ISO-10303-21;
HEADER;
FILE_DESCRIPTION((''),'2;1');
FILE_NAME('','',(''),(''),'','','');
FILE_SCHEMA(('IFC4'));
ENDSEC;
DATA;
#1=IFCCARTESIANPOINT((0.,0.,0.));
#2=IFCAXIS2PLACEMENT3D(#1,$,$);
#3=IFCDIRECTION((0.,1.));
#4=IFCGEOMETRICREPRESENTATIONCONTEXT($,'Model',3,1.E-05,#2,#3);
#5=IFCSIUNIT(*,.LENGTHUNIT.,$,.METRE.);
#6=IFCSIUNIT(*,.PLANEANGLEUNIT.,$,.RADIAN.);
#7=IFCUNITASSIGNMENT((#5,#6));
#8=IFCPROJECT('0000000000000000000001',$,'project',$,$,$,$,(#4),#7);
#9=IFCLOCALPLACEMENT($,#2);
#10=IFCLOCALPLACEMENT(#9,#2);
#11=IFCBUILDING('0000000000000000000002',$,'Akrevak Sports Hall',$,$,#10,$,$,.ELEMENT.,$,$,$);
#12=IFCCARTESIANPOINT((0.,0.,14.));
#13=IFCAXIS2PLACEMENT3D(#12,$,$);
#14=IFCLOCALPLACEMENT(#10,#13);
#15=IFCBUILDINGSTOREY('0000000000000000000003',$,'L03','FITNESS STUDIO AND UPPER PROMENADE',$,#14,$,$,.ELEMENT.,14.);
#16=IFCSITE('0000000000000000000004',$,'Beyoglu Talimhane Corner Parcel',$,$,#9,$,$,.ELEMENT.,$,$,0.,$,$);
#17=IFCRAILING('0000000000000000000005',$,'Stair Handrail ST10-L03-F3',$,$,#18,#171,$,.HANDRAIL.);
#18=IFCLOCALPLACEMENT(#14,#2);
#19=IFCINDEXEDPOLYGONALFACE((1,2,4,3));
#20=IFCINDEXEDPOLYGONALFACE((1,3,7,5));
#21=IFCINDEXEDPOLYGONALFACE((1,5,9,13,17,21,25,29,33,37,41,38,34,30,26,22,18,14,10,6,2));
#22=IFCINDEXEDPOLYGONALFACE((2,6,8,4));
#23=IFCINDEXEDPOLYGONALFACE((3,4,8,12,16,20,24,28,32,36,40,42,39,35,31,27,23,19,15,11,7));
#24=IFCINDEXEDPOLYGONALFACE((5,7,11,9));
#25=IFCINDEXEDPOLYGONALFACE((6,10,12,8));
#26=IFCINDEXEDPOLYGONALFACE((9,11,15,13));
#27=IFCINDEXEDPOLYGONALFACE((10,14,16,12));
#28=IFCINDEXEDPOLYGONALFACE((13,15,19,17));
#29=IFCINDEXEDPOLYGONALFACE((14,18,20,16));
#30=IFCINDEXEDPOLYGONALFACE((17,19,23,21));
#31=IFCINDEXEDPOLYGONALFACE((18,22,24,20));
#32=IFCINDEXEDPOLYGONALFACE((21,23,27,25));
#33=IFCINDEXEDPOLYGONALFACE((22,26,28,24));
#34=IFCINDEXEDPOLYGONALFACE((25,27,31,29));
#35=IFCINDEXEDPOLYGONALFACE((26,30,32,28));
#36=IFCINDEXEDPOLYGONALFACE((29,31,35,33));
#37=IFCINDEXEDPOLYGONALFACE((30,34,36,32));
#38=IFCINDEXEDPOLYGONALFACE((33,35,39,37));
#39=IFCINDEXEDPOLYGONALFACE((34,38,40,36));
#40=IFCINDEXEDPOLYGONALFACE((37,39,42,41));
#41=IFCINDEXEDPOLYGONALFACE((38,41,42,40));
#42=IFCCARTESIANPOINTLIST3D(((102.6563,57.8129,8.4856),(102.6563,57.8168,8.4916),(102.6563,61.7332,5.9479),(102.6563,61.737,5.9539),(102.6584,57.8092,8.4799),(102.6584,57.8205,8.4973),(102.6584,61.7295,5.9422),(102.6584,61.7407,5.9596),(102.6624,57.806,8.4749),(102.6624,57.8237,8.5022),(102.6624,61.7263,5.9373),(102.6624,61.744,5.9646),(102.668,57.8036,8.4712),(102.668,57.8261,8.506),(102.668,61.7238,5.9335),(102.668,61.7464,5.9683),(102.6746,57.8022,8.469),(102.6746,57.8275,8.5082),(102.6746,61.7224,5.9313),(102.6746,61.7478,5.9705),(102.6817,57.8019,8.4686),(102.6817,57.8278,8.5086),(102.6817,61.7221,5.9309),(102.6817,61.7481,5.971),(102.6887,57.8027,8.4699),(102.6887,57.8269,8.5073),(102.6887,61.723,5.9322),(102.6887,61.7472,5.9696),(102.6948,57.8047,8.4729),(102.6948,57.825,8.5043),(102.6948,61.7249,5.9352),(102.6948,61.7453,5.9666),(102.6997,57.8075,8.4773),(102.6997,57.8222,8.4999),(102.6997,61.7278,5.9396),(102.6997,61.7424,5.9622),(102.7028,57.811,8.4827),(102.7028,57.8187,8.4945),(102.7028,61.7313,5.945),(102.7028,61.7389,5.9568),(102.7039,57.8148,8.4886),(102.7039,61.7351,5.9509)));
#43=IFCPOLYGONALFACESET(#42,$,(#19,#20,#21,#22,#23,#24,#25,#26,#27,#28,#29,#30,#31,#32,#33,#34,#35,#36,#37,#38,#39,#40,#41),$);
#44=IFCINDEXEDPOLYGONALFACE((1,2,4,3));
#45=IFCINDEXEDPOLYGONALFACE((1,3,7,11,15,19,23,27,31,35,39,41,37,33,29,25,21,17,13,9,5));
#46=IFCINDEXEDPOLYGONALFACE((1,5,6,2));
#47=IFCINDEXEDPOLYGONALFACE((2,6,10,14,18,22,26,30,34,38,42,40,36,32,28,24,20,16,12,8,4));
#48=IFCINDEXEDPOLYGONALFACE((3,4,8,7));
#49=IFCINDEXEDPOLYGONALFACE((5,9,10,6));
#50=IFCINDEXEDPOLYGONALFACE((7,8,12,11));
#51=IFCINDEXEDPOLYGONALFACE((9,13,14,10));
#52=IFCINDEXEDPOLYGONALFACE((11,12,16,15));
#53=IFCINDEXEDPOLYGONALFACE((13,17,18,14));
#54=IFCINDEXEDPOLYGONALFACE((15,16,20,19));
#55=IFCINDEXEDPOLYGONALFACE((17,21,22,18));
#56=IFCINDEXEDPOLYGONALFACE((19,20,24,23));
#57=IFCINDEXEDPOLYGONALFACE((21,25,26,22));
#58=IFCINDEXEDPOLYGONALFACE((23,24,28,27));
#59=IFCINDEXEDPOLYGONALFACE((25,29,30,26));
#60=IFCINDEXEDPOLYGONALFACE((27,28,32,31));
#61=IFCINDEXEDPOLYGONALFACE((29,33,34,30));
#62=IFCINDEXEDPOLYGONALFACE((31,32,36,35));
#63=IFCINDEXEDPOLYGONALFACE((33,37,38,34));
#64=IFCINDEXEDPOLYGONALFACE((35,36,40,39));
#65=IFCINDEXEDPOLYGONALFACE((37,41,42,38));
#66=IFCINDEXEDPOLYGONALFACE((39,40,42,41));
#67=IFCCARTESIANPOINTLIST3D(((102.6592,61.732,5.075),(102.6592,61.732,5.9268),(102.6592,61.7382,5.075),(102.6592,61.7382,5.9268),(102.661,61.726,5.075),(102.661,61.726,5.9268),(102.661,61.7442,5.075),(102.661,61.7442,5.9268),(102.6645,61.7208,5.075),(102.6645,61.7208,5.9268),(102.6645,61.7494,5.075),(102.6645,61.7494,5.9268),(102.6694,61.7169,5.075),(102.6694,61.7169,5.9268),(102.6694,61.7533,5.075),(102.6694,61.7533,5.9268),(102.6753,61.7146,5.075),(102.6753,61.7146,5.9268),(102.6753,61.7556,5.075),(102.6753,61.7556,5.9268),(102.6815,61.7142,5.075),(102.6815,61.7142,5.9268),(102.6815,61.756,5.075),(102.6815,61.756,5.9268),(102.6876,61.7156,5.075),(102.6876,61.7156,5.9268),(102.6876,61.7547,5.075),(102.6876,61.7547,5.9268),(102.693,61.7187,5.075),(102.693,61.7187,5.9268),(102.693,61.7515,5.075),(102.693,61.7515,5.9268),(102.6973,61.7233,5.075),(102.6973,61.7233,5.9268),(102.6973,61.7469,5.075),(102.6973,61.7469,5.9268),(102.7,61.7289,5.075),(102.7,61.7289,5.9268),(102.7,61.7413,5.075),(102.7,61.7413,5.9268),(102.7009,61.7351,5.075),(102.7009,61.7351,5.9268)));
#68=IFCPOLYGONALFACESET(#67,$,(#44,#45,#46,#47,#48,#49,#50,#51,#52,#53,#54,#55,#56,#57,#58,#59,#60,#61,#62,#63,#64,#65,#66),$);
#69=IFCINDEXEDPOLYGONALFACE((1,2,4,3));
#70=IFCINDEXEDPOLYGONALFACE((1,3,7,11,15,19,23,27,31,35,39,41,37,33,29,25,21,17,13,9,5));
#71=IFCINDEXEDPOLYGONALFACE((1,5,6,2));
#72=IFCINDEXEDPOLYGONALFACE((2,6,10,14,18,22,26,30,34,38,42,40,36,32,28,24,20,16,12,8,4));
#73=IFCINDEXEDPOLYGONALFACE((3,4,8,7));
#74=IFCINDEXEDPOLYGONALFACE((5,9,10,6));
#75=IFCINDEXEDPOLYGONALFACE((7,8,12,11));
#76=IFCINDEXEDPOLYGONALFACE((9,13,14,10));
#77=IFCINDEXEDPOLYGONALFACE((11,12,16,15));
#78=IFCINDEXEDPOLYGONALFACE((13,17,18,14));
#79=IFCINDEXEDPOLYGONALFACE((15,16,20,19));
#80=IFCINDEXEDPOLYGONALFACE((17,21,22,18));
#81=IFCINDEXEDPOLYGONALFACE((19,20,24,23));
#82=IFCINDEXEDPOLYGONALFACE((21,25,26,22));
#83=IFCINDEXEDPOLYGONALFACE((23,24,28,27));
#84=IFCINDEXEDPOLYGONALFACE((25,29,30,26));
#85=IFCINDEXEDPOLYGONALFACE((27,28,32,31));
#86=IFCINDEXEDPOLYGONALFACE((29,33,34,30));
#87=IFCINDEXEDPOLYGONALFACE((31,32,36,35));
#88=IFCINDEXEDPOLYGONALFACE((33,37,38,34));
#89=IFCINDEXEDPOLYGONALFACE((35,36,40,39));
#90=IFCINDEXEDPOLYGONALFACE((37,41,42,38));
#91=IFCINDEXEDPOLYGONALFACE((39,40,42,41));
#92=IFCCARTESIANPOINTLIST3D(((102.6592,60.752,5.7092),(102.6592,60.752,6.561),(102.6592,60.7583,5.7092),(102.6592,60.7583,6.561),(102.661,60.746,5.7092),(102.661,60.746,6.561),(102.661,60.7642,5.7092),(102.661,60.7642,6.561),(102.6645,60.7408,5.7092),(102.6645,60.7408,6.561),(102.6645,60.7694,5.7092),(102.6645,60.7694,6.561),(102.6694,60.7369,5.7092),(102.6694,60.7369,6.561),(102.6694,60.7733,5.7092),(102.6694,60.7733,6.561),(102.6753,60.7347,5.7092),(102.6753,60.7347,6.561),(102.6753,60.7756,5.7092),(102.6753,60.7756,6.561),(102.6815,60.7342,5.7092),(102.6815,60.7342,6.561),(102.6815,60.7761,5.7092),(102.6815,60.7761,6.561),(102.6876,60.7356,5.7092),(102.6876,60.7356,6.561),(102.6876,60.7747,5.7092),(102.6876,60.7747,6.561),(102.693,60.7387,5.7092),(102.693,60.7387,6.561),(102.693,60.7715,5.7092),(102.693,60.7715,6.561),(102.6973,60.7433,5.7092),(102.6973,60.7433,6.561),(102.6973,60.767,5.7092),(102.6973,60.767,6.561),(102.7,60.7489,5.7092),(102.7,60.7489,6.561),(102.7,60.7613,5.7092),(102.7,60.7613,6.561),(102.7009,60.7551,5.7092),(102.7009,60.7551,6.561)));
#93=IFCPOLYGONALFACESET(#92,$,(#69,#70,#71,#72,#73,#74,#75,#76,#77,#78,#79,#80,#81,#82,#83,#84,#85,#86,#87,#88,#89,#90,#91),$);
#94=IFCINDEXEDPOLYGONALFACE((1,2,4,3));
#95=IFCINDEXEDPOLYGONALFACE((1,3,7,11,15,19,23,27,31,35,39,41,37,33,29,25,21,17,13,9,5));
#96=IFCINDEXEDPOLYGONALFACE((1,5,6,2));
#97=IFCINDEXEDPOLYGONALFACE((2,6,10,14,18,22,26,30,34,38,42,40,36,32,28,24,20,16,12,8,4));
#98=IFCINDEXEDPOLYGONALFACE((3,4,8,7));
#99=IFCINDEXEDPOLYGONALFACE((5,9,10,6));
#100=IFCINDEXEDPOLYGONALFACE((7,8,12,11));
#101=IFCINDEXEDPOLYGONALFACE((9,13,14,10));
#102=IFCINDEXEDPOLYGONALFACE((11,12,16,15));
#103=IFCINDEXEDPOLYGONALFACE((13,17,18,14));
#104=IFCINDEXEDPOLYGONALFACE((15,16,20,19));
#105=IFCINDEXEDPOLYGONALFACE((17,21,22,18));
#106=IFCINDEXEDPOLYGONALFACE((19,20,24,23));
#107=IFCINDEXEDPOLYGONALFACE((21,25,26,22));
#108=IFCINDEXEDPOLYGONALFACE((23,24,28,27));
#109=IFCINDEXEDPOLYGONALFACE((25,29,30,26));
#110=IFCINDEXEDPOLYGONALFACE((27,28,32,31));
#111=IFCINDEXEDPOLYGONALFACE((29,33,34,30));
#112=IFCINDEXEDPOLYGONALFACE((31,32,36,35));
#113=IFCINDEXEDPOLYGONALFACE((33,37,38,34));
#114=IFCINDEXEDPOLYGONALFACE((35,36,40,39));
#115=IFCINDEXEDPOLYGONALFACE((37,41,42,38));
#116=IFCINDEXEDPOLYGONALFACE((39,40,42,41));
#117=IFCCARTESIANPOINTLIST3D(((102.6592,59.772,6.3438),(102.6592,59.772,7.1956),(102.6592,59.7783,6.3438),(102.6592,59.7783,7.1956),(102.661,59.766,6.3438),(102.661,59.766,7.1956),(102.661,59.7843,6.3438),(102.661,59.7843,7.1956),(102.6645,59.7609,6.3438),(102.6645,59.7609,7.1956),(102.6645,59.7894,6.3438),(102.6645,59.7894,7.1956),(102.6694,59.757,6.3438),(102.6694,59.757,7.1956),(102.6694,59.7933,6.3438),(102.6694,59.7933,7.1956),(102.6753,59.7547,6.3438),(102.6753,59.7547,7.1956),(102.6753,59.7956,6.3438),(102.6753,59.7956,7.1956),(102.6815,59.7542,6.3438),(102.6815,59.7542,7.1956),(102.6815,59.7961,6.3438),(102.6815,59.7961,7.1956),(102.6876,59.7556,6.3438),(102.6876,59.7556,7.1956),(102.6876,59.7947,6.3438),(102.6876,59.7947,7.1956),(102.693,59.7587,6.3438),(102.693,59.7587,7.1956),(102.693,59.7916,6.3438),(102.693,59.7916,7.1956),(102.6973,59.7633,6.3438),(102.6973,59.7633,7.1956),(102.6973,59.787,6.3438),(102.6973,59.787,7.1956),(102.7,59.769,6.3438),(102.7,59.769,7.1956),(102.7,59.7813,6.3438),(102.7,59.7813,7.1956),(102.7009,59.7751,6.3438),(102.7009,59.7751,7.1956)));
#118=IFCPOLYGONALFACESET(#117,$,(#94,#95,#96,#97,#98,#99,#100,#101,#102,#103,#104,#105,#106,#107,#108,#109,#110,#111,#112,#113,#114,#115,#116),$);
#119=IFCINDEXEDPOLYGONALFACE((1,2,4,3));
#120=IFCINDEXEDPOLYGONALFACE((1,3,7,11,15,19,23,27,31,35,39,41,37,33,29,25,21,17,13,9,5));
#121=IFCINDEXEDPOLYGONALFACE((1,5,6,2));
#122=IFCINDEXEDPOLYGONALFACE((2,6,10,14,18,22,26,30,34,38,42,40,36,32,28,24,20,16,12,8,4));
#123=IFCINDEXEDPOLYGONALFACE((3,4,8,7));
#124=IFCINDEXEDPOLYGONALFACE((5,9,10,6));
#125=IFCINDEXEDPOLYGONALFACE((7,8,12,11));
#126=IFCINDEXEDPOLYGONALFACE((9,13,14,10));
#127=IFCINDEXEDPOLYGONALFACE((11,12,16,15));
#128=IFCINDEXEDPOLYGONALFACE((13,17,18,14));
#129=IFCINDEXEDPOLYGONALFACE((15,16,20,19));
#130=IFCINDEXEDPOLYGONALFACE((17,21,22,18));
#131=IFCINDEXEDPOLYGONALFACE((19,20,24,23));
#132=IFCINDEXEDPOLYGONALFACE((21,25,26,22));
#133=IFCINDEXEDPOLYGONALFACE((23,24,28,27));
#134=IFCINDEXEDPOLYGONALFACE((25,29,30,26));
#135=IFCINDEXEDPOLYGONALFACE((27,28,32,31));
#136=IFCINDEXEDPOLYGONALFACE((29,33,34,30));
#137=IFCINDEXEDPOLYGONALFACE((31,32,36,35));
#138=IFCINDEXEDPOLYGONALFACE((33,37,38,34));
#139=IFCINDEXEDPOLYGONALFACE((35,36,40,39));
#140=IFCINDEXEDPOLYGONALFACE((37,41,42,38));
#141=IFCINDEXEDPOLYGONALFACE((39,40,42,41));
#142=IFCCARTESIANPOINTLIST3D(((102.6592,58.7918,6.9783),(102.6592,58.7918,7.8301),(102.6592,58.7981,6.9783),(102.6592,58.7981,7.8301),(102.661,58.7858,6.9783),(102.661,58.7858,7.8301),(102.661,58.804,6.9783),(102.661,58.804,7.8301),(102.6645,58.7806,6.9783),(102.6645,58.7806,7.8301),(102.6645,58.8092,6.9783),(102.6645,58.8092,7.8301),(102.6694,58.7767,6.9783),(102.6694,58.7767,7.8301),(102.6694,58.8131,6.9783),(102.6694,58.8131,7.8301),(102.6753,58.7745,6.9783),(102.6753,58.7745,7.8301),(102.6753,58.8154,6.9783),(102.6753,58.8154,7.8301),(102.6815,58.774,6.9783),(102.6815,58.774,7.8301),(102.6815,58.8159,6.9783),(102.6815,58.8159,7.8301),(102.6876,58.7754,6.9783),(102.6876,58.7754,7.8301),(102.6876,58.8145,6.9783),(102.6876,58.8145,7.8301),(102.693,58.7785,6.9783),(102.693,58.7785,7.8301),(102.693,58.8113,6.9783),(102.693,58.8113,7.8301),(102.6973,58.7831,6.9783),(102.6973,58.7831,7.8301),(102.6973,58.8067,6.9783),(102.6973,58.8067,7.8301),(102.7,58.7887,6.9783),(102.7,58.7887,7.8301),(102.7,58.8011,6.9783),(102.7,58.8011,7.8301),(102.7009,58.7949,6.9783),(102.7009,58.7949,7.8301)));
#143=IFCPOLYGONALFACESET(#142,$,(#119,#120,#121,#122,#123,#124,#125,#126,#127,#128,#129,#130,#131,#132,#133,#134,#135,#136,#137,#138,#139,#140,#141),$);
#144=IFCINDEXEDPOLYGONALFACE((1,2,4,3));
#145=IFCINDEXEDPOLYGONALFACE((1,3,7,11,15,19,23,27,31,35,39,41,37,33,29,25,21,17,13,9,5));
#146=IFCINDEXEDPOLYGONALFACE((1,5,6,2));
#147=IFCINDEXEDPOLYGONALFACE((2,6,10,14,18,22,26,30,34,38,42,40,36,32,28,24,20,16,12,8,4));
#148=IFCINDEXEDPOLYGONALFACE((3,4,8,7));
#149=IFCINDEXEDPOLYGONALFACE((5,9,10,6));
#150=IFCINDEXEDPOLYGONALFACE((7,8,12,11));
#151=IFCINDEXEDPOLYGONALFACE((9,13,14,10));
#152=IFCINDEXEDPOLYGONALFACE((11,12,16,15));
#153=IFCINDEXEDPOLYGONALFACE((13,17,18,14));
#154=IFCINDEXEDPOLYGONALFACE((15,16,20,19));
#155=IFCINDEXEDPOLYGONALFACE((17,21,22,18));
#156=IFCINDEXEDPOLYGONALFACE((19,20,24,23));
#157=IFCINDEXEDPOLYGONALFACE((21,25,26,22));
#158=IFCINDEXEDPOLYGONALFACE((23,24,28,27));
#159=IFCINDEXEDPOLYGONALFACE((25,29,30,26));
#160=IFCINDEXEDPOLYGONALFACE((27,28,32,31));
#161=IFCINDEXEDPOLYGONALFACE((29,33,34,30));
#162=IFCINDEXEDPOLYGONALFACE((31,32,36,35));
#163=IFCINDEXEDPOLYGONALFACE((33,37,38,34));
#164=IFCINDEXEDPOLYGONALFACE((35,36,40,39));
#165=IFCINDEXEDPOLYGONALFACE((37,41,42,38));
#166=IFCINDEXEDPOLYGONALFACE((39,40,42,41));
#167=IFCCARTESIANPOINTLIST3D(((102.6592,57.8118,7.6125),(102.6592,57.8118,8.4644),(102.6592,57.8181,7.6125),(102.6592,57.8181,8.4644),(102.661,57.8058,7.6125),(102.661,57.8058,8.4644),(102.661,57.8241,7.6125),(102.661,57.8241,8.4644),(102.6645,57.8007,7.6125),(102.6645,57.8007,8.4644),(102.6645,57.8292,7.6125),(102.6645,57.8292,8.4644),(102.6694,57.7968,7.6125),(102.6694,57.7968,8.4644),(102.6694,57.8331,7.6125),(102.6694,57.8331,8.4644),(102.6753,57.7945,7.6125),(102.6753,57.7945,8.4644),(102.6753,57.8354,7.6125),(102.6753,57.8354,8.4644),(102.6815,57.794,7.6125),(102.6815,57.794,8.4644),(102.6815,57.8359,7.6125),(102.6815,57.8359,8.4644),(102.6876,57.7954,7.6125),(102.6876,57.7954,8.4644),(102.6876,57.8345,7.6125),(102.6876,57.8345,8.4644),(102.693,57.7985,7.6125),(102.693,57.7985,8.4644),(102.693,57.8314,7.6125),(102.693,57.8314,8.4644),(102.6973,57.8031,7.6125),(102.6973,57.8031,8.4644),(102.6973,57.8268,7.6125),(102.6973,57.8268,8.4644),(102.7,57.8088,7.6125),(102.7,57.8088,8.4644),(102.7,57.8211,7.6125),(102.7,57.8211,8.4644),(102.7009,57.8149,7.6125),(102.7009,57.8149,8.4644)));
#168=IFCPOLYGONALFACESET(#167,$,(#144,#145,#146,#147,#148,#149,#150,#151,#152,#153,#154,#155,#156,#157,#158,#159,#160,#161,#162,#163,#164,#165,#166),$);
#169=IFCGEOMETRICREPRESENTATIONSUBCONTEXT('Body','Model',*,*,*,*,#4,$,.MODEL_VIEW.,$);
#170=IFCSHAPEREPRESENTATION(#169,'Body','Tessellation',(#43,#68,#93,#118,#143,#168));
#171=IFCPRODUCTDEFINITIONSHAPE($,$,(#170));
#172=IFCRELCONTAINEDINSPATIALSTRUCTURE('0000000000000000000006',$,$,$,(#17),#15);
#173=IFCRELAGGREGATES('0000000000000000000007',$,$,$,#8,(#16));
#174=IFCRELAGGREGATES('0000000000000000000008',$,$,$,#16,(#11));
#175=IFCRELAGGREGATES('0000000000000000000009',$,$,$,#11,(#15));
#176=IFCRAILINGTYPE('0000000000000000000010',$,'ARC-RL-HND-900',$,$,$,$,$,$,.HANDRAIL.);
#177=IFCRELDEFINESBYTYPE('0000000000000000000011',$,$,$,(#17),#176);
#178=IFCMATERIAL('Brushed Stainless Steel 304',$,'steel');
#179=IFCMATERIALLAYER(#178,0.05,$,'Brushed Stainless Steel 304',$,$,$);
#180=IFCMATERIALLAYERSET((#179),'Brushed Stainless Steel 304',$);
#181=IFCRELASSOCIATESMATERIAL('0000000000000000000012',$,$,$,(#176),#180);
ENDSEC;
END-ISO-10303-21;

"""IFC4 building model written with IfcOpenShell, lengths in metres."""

from ifc_helpers import new_model, si_unit, direction, frame, origin, origin_2d, place, context, subcontext, project, spatial, circle, extrude, material, layer, layer_set, type_object, element, save


model = new_model("IFC4")

# Units and contexts
model_context = context("Model", 3, precision=1e-05, world=origin(), true_north=direction((0.0, 1.0)))
body_context = subcontext(model_context, "Body", "Model", "MODEL_VIEW")
ifc_project = project(units=[si_unit("LENGTHUNIT", "METRE"), si_unit("PLANEANGLEUNIT", "RADIAN")], contexts=[model_context])

# Site, building, storey
site_placement = place(None, origin())
site = spatial("IfcSite", under=ifc_project, at=site_placement, Name="Beyoglu Talimhane Corner Parcel", CompositionType="ELEMENT", RefElevation=0.0)
building_placement = place(site_placement, origin())
building = spatial("IfcBuilding", under=site, at=building_placement, Name="Akrevak Sports Hall", CompositionType="ELEMENT")
storey_placement = place(building_placement, frame((0.0, 0.0, 14.0)))
storey = spatial("IfcBuildingStorey", under=building, at=storey_placement, Name="L03", Description="FITNESS STUDIO AND UPPER PROMENADE", CompositionType="ELEMENT", Elevation=14.0)

# Shared definitions
ifc_material_1 = material(Name="Brushed Stainless Steel 304", Category="steel")

# Railing
ifc_layer_1 = layer(ifc_material_1, 0.05, Name="Brushed Stainless Steel 304")
ifc_layer_set_1 = layer_set([ifc_layer_1], Name="Brushed Stainless Steel 304")
railing_type = type_object("IfcRailingType", Name="ARC-RL-HND-900", PredefinedType="HANDRAIL", material=ifc_layer_set_1)
for number, where, name in (
    (1, (102.6799, 61.7351, 5.075), "Stair Handrail ST10-L03-F3"),
):
    element("IfcRailing", number, at=place(storey_placement, frame(where)), inside=storey, type_object=railing_type, Name=name, PredefinedType="HANDRAIL", context=body_context, shape_type="SweptSolid", body=[
        extrude(circle(Radius=0.0239, at=origin_2d()), frame((0.0, 0.0, 0.876), z_axis=(0.0, -0.839471, 0.543405), x_axis=(1.0, 0.0, 0.0)), (0.0, 0.0, 1.0), 4.6699),
        extrude(circle(Radius=0.021, at=origin_2d()), origin(), (0.0, 0.0, 1.0), 0.8518),
        extrude(circle(Radius=0.021, at=origin_2d()), frame((0.0, -0.98, 0.6343)), (0.0, 0.0, 1.0), 0.8518),
        extrude(circle(Radius=0.021, at=origin_2d()), frame((0.0, -1.96, 1.2688)), (0.0, 0.0, 1.0), 0.8518),
        extrude(circle(Radius=0.021, at=origin_2d()), frame((0.0, -2.9402, 1.9033)), (0.0, 0.0, 1.0), 0.8518),
        extrude(circle(Radius=0.021, at=origin_2d()), frame((0.0, -3.9202, 2.5376)), (0.0, 0.0, 1.0), 0.8518),
    ])

save(model, "model.ifc")
